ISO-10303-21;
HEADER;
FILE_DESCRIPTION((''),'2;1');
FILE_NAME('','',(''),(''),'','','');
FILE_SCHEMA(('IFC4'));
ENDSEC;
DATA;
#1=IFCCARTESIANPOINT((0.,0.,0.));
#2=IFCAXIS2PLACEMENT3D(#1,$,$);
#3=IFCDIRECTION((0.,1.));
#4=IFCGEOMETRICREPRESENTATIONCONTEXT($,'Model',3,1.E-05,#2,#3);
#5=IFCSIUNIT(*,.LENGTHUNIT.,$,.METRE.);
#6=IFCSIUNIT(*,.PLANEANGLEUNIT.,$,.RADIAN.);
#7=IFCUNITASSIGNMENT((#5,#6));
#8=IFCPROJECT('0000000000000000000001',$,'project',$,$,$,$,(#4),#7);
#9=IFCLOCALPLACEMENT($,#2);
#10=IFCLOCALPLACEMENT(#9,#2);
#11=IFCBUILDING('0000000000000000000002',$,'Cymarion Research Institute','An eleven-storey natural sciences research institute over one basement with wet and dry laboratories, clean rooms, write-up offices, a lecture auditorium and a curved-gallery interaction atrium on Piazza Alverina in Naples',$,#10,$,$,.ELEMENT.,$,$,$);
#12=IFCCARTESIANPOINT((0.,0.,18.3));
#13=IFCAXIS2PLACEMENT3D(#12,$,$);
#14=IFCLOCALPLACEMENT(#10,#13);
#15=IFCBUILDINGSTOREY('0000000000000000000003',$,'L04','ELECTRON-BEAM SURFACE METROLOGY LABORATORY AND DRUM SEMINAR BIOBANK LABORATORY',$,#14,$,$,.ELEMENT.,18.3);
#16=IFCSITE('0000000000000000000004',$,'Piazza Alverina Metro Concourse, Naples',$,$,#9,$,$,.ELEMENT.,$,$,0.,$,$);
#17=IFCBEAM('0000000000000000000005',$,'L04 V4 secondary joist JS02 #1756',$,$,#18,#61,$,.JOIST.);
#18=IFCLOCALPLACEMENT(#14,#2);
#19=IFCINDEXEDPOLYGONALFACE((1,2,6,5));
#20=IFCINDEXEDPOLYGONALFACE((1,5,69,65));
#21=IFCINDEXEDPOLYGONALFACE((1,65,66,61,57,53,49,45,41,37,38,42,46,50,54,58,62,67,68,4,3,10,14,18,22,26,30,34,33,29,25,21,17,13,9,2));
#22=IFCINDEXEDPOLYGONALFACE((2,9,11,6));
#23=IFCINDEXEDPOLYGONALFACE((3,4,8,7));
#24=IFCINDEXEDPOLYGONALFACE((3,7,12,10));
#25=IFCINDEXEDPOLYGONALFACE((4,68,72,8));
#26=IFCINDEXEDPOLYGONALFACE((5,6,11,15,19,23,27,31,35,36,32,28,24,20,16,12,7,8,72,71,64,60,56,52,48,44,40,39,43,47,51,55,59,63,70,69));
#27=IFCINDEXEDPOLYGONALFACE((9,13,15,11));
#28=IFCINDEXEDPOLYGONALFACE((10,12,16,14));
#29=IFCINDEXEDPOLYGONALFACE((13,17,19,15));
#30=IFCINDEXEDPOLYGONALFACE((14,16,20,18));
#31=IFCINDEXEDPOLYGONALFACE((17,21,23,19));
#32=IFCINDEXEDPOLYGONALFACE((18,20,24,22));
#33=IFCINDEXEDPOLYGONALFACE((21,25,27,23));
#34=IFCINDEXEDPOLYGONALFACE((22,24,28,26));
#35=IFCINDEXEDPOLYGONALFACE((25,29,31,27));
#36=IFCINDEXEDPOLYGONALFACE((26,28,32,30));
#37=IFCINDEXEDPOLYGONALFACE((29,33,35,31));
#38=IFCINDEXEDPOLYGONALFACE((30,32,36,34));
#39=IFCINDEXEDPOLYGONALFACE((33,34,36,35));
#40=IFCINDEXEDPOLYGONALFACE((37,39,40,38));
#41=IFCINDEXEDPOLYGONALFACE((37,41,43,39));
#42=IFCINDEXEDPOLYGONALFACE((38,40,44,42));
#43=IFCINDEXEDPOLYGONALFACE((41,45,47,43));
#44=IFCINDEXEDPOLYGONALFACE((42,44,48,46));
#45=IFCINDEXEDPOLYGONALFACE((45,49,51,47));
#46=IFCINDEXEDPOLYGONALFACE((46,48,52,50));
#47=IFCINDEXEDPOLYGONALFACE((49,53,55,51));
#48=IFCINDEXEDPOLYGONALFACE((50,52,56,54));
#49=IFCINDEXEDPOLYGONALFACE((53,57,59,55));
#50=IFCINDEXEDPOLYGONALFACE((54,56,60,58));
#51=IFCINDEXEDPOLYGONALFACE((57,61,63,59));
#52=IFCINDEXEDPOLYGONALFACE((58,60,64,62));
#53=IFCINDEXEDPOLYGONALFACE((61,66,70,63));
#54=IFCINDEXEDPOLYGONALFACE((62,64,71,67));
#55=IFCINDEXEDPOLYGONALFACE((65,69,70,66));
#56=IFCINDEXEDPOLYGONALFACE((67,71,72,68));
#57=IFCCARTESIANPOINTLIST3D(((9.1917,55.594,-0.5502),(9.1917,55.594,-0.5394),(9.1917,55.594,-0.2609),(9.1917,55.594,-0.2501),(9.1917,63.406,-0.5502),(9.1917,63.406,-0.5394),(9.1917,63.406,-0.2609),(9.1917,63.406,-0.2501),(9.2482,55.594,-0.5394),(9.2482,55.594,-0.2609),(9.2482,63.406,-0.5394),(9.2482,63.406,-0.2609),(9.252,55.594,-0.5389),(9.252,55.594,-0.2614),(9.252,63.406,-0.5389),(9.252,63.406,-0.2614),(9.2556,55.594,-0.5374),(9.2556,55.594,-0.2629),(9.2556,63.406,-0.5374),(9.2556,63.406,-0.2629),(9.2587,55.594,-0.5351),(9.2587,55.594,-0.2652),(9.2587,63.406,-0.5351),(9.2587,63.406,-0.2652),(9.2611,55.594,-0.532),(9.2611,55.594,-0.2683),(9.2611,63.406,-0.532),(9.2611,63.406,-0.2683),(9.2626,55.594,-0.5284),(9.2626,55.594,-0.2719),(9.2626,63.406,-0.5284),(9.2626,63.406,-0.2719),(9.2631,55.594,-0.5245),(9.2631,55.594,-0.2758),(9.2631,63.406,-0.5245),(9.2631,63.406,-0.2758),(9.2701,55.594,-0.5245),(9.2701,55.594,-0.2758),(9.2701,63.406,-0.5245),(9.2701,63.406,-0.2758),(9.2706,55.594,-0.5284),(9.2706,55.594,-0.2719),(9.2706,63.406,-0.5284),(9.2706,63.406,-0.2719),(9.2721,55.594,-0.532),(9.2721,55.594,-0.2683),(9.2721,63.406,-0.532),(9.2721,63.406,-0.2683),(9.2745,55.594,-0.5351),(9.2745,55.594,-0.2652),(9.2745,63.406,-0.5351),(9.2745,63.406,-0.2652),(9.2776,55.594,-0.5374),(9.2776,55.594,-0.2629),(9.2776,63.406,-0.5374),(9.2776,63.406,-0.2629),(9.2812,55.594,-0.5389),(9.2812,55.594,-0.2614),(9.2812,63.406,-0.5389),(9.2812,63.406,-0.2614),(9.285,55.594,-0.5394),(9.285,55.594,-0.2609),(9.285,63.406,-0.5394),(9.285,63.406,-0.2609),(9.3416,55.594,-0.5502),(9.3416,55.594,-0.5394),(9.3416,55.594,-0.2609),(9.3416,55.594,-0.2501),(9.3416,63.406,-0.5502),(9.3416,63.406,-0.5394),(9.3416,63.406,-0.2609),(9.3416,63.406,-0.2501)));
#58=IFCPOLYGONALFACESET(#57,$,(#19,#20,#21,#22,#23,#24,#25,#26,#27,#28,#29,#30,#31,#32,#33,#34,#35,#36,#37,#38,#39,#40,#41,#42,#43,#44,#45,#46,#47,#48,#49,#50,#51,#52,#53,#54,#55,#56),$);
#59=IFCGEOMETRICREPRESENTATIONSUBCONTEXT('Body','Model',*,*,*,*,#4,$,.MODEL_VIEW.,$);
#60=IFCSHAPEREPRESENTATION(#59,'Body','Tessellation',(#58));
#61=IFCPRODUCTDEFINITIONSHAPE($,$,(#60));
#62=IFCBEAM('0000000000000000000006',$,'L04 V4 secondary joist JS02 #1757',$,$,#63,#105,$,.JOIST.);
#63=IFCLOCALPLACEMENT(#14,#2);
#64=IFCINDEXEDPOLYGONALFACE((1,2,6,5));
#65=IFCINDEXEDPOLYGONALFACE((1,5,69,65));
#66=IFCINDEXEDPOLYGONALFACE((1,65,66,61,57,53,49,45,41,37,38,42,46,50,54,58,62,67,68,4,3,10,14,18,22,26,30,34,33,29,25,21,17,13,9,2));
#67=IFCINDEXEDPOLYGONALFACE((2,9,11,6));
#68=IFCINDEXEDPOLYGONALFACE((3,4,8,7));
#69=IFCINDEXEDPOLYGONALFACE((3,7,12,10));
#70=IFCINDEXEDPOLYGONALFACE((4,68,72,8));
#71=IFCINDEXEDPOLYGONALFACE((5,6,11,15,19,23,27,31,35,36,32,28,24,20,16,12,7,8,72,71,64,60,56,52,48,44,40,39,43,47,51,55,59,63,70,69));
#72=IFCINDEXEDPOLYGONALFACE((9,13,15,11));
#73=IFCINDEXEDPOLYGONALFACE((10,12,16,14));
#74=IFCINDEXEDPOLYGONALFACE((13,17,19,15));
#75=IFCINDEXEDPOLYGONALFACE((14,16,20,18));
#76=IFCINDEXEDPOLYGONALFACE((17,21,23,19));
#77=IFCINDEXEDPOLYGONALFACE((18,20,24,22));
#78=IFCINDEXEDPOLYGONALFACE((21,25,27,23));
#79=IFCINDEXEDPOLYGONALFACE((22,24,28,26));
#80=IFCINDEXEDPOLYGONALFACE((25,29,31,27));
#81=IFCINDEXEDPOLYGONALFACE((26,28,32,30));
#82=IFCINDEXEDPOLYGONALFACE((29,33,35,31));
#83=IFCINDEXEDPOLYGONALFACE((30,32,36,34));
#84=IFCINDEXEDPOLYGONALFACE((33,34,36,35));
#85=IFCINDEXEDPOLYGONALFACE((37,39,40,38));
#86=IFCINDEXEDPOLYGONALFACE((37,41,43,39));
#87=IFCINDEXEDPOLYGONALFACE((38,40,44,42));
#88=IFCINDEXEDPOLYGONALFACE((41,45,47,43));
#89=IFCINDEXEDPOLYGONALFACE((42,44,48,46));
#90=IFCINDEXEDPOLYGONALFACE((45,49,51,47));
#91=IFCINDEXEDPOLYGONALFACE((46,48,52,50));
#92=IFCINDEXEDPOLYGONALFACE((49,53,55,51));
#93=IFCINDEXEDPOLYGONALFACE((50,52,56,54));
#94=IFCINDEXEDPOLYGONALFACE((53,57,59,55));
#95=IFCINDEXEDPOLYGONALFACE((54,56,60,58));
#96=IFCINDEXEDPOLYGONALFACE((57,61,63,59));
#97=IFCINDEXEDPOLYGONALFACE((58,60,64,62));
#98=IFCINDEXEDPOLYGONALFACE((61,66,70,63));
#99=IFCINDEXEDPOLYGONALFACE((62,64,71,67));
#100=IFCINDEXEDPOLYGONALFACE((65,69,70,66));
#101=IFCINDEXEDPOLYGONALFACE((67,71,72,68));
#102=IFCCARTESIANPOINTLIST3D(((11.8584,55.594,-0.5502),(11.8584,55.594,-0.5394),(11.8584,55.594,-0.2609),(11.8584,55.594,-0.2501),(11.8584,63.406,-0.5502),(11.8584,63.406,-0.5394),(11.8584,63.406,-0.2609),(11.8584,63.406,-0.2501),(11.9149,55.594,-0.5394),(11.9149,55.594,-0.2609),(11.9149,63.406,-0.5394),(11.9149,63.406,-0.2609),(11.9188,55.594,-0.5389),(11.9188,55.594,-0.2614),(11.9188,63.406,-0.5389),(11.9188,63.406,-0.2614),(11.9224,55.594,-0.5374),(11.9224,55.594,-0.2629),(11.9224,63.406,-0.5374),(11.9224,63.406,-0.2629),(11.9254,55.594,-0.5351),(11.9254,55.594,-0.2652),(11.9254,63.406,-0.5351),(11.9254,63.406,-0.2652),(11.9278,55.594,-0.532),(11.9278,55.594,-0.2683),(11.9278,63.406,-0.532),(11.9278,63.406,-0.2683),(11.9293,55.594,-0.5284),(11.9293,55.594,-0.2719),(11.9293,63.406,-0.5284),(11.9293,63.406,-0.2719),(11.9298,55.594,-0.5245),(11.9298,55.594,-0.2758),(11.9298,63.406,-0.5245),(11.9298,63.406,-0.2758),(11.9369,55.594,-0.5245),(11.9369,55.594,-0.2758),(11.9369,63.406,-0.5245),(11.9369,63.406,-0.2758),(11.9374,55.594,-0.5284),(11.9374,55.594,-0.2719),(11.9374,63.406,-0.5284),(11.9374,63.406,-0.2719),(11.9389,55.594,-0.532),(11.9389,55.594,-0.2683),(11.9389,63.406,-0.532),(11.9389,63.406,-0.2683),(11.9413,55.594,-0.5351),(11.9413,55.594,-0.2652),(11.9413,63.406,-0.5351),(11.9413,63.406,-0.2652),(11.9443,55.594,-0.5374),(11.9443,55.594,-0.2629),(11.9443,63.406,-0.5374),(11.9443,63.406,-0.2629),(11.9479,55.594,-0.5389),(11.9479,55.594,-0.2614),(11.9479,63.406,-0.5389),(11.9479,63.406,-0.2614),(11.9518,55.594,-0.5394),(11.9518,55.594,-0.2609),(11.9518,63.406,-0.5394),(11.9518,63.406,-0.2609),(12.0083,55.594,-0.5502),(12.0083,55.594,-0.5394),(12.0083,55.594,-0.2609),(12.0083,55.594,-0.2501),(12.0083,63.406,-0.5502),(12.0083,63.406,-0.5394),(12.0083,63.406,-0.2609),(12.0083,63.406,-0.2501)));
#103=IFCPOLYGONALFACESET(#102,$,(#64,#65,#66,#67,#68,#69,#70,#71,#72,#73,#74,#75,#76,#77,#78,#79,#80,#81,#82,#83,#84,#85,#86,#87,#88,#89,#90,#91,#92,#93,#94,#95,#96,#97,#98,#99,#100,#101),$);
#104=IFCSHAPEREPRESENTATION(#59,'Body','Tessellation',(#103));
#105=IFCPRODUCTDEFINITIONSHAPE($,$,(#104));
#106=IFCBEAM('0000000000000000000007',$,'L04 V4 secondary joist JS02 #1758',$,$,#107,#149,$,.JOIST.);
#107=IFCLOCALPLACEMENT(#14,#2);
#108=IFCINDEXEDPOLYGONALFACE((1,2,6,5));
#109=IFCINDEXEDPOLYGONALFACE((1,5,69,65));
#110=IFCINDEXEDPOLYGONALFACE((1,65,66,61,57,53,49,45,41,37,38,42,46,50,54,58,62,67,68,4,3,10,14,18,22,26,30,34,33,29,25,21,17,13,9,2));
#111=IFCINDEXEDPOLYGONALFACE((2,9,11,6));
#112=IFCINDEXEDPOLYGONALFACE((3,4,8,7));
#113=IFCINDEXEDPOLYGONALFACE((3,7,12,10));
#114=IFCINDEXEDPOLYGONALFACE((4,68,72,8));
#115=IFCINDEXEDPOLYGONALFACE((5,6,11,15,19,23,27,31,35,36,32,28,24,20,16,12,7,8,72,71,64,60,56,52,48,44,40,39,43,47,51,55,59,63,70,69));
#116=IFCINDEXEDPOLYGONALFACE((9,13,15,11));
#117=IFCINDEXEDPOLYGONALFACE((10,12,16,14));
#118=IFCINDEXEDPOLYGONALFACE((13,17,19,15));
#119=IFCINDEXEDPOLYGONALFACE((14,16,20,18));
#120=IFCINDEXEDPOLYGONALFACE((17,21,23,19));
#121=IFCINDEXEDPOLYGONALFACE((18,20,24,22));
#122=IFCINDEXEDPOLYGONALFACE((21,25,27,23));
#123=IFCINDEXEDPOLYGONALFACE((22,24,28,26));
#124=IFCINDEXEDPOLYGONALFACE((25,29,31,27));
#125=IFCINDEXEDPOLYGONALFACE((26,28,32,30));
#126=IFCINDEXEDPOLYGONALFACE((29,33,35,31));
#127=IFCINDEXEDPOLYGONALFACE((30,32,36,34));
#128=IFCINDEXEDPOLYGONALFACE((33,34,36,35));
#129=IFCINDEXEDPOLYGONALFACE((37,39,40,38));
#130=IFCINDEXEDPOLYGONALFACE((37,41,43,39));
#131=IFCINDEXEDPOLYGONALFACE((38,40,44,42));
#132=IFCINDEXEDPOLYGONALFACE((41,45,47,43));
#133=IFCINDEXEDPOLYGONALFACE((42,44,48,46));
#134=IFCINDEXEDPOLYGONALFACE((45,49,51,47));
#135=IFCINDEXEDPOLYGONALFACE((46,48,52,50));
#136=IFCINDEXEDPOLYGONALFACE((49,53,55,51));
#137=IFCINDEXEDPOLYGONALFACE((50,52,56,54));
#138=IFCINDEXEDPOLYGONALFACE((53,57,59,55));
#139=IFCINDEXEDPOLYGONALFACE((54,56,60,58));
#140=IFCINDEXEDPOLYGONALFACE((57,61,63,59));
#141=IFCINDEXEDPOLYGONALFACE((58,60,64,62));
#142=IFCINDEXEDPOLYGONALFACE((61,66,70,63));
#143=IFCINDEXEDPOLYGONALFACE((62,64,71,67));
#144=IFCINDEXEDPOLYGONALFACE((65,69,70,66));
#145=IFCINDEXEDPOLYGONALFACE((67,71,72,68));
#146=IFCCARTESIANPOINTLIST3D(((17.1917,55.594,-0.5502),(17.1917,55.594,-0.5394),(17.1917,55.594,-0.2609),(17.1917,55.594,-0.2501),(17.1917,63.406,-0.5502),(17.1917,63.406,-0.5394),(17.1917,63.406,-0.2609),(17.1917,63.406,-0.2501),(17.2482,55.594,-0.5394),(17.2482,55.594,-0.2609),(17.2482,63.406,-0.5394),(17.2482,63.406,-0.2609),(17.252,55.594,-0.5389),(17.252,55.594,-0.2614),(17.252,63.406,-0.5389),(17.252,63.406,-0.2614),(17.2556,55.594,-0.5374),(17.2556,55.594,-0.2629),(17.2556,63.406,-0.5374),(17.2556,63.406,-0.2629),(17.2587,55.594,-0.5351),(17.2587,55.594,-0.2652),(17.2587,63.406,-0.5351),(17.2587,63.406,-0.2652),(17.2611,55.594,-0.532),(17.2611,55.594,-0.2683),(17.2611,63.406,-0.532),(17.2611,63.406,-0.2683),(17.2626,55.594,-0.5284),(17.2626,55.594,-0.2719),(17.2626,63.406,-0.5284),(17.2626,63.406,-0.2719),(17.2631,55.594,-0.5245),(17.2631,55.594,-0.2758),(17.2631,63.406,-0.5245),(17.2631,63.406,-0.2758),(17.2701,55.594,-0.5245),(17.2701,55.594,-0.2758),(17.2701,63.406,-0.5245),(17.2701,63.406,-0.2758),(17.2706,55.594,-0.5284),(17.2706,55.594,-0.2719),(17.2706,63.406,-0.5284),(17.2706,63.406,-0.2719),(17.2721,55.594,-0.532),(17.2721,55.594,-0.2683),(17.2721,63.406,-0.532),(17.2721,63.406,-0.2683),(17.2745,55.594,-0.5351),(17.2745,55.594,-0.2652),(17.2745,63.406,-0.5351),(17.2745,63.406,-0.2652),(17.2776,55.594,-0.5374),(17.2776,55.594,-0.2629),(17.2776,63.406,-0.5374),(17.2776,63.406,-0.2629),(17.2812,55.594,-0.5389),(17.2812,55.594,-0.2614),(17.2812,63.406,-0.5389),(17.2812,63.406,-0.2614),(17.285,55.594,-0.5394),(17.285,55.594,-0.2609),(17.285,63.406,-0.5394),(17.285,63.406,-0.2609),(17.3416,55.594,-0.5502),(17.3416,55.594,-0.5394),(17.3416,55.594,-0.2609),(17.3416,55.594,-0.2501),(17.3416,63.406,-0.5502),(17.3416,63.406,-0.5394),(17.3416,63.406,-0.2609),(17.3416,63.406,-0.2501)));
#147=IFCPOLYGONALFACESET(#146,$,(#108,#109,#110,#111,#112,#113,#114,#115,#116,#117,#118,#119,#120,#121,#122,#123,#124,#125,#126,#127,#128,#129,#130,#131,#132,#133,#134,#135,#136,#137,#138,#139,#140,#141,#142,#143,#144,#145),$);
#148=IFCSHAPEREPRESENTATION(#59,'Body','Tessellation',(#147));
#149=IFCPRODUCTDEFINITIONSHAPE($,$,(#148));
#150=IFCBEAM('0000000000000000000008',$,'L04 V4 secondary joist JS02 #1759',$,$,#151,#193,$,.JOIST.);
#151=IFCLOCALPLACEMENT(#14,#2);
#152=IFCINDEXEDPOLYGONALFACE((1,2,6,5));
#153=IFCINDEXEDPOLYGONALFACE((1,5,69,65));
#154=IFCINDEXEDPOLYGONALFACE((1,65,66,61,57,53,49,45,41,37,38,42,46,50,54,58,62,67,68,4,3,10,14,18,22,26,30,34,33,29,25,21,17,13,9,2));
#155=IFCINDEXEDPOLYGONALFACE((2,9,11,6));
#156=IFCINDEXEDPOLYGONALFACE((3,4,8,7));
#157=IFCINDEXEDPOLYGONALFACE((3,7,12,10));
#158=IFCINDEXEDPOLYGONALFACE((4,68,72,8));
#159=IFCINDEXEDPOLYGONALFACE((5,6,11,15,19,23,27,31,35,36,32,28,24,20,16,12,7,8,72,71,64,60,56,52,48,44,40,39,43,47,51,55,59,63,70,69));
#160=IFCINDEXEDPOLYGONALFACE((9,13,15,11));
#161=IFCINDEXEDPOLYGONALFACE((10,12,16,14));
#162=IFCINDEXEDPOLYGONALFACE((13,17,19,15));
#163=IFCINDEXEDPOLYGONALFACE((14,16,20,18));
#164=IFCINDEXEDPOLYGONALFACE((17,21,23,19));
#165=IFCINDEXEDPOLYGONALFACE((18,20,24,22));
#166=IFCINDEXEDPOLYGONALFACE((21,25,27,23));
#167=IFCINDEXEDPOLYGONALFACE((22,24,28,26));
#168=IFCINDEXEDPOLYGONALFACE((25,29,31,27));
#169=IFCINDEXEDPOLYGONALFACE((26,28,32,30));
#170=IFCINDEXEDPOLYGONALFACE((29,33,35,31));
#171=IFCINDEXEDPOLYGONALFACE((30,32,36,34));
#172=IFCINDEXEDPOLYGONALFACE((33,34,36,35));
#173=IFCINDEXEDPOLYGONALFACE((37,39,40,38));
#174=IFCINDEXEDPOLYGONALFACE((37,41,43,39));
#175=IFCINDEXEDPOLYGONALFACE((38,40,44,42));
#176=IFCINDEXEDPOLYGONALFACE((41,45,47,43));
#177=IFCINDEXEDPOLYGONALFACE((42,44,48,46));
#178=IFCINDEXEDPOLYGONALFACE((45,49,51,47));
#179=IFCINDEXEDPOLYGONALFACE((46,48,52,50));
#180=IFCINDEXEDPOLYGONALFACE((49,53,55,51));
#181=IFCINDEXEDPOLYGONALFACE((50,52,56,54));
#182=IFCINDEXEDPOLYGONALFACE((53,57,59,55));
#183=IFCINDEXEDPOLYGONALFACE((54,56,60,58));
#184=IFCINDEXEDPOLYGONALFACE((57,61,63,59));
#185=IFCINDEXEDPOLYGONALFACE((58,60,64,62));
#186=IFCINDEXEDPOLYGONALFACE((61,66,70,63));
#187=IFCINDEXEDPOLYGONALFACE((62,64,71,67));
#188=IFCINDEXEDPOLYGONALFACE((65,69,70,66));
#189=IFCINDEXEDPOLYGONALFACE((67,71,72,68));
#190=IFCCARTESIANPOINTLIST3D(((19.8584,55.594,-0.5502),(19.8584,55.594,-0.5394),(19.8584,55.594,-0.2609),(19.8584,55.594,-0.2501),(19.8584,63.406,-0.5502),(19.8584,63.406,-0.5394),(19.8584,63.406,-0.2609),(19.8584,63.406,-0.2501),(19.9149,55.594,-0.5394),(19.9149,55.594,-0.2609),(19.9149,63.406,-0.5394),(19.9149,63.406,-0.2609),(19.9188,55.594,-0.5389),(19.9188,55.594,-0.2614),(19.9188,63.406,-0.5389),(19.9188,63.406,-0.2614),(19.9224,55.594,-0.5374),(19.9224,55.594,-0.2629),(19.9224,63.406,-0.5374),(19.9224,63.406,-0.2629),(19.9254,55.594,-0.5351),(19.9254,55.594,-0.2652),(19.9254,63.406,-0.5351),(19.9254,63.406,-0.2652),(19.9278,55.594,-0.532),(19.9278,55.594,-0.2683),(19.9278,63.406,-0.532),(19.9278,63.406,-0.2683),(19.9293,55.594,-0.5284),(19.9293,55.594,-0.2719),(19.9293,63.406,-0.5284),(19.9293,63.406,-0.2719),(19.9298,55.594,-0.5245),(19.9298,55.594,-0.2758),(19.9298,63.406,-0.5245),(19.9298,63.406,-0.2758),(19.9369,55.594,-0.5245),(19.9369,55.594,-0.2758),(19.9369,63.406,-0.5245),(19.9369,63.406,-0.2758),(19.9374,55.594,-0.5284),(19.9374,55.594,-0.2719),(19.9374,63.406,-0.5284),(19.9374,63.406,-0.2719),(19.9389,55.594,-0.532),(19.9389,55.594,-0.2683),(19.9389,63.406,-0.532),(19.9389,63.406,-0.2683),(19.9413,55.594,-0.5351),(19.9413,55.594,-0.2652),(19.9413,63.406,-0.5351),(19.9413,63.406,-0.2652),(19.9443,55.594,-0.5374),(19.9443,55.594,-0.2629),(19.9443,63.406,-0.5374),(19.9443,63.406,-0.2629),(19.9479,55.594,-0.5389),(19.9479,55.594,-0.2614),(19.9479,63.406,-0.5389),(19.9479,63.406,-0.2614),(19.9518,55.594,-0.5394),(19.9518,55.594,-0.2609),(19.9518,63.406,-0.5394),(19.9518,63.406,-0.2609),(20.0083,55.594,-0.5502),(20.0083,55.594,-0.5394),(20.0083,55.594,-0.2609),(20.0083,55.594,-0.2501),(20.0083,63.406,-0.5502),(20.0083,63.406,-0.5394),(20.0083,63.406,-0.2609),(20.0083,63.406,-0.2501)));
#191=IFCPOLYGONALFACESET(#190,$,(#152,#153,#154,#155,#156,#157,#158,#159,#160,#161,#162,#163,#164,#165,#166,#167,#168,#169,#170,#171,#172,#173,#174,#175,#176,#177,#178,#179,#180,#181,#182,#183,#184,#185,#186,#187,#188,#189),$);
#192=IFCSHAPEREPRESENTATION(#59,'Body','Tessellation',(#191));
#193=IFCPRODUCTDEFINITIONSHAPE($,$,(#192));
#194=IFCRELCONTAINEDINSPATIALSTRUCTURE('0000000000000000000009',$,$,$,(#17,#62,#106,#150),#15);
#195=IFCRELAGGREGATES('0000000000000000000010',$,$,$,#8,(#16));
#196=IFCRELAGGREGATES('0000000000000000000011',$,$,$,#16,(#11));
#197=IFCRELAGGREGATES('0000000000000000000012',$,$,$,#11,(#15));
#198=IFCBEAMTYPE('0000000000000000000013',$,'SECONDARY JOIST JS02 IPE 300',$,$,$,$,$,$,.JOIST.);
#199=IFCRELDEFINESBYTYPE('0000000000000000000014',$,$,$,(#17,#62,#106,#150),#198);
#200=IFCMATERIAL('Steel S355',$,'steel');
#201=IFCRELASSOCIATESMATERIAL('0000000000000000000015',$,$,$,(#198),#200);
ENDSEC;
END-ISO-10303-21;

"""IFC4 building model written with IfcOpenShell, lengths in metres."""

from ifc_helpers import new_model, si_unit, direction, frame, origin, origin_2d, place, context, subcontext, project, spatial, i_section, extrude, material, material_profile, profile_set, type_object, element, save


model = new_model("IFC4")

# Units and contexts
model_context = context("Model", 3, precision=1e-05, world=origin(), true_north=direction((0.0, 1.0)))
body_context = subcontext(model_context, "Body", "Model", "MODEL_VIEW")
ifc_project = project(units=[si_unit("LENGTHUNIT", "METRE"), si_unit("PLANEANGLEUNIT", "RADIAN")], contexts=[model_context])

# Site, building, storey
site_placement = place(None, origin())
site = spatial("IfcSite", under=ifc_project, at=site_placement, Name="Piazza Alverina Metro Concourse, Naples", CompositionType="ELEMENT", RefElevation=0.0)
building_placement = place(site_placement, origin())
building = spatial("IfcBuilding", under=site, at=building_placement, Name="Cymarion Research Institute", Description="An eleven-storey natural sciences research institute over one basement with wet and dry laboratories, clean rooms, write-up offices, a lecture auditorium and a curved-gallery interaction atrium on Piazza Alverina in Naples", CompositionType="ELEMENT")
storey_placement = place(building_placement, frame((0.0, 0.0, 18.3)))
storey = spatial("IfcBuildingStorey", under=building, at=storey_placement, Name="L04", Description="ELECTRON-BEAM SURFACE METROLOGY LABORATORY AND DRUM SEMINAR BIOBANK LABORATORY", CompositionType="ELEMENT", Elevation=18.3)

# Shared definitions
ifc_material_1 = material(Name="Steel S355", Category="steel")

# Beams
ifc_material_profile_1 = material_profile(ifc_material_1, i_section(OverallWidth=0.1499, OverallDepth=0.3, WebThickness=0.0071, FlangeThickness=0.0107, FilletRadius=0.0149, at=origin_2d()), Name="IPE 300")
ifc_profile_set_1 = profile_set([ifc_material_profile_1], Name="Steel S355")
beam_type_1 = type_object("IfcBeamType", Name="SECONDARY JOIST JS02 IPE 300", PredefinedType="JOIST", material=ifc_profile_set_1)
for number, where, z_axis, x_axis, name in (
    (1, (9.2666, 55.594, -0.4001), (0.0, 1.0, 0.0), (-1.0, 0.0, 0.0), "L04 V4 secondary joist JS02 #1756"),
    (2, (11.9333, 55.594, -0.4001), (0.0, 1.0, 0.0), (-1.0, 0.0, 0.0), "L04 V4 secondary joist JS02 #1757"),
    (3, (17.2666, 55.594, -0.4001), (0.0, 1.0, 0.0), (-1.0, 0.0, 0.0), "L04 V4 secondary joist JS02 #1758"),
    (4, (19.9333, 55.594, -0.4001), (0.0, 1.0, 0.0), (-1.0, 0.0, 0.0), "L04 V4 secondary joist JS02 #1759"),
):
    element("IfcBeam", number, at=place(storey_placement, frame(where, z_axis=z_axis, x_axis=x_axis)), inside=storey, type_object=beam_type_1, Name=name, PredefinedType="JOIST", context=body_context, shape_type="SweptSolid", body=[
        extrude(i_section(OverallWidth=0.1499, OverallDepth=0.3, WebThickness=0.0071, FlangeThickness=0.0107, FilletRadius=0.0149, at=origin_2d()), origin(), (0.0, 0.0, 1.0), 7.812),
    ])

save(model, "model.ifc")
